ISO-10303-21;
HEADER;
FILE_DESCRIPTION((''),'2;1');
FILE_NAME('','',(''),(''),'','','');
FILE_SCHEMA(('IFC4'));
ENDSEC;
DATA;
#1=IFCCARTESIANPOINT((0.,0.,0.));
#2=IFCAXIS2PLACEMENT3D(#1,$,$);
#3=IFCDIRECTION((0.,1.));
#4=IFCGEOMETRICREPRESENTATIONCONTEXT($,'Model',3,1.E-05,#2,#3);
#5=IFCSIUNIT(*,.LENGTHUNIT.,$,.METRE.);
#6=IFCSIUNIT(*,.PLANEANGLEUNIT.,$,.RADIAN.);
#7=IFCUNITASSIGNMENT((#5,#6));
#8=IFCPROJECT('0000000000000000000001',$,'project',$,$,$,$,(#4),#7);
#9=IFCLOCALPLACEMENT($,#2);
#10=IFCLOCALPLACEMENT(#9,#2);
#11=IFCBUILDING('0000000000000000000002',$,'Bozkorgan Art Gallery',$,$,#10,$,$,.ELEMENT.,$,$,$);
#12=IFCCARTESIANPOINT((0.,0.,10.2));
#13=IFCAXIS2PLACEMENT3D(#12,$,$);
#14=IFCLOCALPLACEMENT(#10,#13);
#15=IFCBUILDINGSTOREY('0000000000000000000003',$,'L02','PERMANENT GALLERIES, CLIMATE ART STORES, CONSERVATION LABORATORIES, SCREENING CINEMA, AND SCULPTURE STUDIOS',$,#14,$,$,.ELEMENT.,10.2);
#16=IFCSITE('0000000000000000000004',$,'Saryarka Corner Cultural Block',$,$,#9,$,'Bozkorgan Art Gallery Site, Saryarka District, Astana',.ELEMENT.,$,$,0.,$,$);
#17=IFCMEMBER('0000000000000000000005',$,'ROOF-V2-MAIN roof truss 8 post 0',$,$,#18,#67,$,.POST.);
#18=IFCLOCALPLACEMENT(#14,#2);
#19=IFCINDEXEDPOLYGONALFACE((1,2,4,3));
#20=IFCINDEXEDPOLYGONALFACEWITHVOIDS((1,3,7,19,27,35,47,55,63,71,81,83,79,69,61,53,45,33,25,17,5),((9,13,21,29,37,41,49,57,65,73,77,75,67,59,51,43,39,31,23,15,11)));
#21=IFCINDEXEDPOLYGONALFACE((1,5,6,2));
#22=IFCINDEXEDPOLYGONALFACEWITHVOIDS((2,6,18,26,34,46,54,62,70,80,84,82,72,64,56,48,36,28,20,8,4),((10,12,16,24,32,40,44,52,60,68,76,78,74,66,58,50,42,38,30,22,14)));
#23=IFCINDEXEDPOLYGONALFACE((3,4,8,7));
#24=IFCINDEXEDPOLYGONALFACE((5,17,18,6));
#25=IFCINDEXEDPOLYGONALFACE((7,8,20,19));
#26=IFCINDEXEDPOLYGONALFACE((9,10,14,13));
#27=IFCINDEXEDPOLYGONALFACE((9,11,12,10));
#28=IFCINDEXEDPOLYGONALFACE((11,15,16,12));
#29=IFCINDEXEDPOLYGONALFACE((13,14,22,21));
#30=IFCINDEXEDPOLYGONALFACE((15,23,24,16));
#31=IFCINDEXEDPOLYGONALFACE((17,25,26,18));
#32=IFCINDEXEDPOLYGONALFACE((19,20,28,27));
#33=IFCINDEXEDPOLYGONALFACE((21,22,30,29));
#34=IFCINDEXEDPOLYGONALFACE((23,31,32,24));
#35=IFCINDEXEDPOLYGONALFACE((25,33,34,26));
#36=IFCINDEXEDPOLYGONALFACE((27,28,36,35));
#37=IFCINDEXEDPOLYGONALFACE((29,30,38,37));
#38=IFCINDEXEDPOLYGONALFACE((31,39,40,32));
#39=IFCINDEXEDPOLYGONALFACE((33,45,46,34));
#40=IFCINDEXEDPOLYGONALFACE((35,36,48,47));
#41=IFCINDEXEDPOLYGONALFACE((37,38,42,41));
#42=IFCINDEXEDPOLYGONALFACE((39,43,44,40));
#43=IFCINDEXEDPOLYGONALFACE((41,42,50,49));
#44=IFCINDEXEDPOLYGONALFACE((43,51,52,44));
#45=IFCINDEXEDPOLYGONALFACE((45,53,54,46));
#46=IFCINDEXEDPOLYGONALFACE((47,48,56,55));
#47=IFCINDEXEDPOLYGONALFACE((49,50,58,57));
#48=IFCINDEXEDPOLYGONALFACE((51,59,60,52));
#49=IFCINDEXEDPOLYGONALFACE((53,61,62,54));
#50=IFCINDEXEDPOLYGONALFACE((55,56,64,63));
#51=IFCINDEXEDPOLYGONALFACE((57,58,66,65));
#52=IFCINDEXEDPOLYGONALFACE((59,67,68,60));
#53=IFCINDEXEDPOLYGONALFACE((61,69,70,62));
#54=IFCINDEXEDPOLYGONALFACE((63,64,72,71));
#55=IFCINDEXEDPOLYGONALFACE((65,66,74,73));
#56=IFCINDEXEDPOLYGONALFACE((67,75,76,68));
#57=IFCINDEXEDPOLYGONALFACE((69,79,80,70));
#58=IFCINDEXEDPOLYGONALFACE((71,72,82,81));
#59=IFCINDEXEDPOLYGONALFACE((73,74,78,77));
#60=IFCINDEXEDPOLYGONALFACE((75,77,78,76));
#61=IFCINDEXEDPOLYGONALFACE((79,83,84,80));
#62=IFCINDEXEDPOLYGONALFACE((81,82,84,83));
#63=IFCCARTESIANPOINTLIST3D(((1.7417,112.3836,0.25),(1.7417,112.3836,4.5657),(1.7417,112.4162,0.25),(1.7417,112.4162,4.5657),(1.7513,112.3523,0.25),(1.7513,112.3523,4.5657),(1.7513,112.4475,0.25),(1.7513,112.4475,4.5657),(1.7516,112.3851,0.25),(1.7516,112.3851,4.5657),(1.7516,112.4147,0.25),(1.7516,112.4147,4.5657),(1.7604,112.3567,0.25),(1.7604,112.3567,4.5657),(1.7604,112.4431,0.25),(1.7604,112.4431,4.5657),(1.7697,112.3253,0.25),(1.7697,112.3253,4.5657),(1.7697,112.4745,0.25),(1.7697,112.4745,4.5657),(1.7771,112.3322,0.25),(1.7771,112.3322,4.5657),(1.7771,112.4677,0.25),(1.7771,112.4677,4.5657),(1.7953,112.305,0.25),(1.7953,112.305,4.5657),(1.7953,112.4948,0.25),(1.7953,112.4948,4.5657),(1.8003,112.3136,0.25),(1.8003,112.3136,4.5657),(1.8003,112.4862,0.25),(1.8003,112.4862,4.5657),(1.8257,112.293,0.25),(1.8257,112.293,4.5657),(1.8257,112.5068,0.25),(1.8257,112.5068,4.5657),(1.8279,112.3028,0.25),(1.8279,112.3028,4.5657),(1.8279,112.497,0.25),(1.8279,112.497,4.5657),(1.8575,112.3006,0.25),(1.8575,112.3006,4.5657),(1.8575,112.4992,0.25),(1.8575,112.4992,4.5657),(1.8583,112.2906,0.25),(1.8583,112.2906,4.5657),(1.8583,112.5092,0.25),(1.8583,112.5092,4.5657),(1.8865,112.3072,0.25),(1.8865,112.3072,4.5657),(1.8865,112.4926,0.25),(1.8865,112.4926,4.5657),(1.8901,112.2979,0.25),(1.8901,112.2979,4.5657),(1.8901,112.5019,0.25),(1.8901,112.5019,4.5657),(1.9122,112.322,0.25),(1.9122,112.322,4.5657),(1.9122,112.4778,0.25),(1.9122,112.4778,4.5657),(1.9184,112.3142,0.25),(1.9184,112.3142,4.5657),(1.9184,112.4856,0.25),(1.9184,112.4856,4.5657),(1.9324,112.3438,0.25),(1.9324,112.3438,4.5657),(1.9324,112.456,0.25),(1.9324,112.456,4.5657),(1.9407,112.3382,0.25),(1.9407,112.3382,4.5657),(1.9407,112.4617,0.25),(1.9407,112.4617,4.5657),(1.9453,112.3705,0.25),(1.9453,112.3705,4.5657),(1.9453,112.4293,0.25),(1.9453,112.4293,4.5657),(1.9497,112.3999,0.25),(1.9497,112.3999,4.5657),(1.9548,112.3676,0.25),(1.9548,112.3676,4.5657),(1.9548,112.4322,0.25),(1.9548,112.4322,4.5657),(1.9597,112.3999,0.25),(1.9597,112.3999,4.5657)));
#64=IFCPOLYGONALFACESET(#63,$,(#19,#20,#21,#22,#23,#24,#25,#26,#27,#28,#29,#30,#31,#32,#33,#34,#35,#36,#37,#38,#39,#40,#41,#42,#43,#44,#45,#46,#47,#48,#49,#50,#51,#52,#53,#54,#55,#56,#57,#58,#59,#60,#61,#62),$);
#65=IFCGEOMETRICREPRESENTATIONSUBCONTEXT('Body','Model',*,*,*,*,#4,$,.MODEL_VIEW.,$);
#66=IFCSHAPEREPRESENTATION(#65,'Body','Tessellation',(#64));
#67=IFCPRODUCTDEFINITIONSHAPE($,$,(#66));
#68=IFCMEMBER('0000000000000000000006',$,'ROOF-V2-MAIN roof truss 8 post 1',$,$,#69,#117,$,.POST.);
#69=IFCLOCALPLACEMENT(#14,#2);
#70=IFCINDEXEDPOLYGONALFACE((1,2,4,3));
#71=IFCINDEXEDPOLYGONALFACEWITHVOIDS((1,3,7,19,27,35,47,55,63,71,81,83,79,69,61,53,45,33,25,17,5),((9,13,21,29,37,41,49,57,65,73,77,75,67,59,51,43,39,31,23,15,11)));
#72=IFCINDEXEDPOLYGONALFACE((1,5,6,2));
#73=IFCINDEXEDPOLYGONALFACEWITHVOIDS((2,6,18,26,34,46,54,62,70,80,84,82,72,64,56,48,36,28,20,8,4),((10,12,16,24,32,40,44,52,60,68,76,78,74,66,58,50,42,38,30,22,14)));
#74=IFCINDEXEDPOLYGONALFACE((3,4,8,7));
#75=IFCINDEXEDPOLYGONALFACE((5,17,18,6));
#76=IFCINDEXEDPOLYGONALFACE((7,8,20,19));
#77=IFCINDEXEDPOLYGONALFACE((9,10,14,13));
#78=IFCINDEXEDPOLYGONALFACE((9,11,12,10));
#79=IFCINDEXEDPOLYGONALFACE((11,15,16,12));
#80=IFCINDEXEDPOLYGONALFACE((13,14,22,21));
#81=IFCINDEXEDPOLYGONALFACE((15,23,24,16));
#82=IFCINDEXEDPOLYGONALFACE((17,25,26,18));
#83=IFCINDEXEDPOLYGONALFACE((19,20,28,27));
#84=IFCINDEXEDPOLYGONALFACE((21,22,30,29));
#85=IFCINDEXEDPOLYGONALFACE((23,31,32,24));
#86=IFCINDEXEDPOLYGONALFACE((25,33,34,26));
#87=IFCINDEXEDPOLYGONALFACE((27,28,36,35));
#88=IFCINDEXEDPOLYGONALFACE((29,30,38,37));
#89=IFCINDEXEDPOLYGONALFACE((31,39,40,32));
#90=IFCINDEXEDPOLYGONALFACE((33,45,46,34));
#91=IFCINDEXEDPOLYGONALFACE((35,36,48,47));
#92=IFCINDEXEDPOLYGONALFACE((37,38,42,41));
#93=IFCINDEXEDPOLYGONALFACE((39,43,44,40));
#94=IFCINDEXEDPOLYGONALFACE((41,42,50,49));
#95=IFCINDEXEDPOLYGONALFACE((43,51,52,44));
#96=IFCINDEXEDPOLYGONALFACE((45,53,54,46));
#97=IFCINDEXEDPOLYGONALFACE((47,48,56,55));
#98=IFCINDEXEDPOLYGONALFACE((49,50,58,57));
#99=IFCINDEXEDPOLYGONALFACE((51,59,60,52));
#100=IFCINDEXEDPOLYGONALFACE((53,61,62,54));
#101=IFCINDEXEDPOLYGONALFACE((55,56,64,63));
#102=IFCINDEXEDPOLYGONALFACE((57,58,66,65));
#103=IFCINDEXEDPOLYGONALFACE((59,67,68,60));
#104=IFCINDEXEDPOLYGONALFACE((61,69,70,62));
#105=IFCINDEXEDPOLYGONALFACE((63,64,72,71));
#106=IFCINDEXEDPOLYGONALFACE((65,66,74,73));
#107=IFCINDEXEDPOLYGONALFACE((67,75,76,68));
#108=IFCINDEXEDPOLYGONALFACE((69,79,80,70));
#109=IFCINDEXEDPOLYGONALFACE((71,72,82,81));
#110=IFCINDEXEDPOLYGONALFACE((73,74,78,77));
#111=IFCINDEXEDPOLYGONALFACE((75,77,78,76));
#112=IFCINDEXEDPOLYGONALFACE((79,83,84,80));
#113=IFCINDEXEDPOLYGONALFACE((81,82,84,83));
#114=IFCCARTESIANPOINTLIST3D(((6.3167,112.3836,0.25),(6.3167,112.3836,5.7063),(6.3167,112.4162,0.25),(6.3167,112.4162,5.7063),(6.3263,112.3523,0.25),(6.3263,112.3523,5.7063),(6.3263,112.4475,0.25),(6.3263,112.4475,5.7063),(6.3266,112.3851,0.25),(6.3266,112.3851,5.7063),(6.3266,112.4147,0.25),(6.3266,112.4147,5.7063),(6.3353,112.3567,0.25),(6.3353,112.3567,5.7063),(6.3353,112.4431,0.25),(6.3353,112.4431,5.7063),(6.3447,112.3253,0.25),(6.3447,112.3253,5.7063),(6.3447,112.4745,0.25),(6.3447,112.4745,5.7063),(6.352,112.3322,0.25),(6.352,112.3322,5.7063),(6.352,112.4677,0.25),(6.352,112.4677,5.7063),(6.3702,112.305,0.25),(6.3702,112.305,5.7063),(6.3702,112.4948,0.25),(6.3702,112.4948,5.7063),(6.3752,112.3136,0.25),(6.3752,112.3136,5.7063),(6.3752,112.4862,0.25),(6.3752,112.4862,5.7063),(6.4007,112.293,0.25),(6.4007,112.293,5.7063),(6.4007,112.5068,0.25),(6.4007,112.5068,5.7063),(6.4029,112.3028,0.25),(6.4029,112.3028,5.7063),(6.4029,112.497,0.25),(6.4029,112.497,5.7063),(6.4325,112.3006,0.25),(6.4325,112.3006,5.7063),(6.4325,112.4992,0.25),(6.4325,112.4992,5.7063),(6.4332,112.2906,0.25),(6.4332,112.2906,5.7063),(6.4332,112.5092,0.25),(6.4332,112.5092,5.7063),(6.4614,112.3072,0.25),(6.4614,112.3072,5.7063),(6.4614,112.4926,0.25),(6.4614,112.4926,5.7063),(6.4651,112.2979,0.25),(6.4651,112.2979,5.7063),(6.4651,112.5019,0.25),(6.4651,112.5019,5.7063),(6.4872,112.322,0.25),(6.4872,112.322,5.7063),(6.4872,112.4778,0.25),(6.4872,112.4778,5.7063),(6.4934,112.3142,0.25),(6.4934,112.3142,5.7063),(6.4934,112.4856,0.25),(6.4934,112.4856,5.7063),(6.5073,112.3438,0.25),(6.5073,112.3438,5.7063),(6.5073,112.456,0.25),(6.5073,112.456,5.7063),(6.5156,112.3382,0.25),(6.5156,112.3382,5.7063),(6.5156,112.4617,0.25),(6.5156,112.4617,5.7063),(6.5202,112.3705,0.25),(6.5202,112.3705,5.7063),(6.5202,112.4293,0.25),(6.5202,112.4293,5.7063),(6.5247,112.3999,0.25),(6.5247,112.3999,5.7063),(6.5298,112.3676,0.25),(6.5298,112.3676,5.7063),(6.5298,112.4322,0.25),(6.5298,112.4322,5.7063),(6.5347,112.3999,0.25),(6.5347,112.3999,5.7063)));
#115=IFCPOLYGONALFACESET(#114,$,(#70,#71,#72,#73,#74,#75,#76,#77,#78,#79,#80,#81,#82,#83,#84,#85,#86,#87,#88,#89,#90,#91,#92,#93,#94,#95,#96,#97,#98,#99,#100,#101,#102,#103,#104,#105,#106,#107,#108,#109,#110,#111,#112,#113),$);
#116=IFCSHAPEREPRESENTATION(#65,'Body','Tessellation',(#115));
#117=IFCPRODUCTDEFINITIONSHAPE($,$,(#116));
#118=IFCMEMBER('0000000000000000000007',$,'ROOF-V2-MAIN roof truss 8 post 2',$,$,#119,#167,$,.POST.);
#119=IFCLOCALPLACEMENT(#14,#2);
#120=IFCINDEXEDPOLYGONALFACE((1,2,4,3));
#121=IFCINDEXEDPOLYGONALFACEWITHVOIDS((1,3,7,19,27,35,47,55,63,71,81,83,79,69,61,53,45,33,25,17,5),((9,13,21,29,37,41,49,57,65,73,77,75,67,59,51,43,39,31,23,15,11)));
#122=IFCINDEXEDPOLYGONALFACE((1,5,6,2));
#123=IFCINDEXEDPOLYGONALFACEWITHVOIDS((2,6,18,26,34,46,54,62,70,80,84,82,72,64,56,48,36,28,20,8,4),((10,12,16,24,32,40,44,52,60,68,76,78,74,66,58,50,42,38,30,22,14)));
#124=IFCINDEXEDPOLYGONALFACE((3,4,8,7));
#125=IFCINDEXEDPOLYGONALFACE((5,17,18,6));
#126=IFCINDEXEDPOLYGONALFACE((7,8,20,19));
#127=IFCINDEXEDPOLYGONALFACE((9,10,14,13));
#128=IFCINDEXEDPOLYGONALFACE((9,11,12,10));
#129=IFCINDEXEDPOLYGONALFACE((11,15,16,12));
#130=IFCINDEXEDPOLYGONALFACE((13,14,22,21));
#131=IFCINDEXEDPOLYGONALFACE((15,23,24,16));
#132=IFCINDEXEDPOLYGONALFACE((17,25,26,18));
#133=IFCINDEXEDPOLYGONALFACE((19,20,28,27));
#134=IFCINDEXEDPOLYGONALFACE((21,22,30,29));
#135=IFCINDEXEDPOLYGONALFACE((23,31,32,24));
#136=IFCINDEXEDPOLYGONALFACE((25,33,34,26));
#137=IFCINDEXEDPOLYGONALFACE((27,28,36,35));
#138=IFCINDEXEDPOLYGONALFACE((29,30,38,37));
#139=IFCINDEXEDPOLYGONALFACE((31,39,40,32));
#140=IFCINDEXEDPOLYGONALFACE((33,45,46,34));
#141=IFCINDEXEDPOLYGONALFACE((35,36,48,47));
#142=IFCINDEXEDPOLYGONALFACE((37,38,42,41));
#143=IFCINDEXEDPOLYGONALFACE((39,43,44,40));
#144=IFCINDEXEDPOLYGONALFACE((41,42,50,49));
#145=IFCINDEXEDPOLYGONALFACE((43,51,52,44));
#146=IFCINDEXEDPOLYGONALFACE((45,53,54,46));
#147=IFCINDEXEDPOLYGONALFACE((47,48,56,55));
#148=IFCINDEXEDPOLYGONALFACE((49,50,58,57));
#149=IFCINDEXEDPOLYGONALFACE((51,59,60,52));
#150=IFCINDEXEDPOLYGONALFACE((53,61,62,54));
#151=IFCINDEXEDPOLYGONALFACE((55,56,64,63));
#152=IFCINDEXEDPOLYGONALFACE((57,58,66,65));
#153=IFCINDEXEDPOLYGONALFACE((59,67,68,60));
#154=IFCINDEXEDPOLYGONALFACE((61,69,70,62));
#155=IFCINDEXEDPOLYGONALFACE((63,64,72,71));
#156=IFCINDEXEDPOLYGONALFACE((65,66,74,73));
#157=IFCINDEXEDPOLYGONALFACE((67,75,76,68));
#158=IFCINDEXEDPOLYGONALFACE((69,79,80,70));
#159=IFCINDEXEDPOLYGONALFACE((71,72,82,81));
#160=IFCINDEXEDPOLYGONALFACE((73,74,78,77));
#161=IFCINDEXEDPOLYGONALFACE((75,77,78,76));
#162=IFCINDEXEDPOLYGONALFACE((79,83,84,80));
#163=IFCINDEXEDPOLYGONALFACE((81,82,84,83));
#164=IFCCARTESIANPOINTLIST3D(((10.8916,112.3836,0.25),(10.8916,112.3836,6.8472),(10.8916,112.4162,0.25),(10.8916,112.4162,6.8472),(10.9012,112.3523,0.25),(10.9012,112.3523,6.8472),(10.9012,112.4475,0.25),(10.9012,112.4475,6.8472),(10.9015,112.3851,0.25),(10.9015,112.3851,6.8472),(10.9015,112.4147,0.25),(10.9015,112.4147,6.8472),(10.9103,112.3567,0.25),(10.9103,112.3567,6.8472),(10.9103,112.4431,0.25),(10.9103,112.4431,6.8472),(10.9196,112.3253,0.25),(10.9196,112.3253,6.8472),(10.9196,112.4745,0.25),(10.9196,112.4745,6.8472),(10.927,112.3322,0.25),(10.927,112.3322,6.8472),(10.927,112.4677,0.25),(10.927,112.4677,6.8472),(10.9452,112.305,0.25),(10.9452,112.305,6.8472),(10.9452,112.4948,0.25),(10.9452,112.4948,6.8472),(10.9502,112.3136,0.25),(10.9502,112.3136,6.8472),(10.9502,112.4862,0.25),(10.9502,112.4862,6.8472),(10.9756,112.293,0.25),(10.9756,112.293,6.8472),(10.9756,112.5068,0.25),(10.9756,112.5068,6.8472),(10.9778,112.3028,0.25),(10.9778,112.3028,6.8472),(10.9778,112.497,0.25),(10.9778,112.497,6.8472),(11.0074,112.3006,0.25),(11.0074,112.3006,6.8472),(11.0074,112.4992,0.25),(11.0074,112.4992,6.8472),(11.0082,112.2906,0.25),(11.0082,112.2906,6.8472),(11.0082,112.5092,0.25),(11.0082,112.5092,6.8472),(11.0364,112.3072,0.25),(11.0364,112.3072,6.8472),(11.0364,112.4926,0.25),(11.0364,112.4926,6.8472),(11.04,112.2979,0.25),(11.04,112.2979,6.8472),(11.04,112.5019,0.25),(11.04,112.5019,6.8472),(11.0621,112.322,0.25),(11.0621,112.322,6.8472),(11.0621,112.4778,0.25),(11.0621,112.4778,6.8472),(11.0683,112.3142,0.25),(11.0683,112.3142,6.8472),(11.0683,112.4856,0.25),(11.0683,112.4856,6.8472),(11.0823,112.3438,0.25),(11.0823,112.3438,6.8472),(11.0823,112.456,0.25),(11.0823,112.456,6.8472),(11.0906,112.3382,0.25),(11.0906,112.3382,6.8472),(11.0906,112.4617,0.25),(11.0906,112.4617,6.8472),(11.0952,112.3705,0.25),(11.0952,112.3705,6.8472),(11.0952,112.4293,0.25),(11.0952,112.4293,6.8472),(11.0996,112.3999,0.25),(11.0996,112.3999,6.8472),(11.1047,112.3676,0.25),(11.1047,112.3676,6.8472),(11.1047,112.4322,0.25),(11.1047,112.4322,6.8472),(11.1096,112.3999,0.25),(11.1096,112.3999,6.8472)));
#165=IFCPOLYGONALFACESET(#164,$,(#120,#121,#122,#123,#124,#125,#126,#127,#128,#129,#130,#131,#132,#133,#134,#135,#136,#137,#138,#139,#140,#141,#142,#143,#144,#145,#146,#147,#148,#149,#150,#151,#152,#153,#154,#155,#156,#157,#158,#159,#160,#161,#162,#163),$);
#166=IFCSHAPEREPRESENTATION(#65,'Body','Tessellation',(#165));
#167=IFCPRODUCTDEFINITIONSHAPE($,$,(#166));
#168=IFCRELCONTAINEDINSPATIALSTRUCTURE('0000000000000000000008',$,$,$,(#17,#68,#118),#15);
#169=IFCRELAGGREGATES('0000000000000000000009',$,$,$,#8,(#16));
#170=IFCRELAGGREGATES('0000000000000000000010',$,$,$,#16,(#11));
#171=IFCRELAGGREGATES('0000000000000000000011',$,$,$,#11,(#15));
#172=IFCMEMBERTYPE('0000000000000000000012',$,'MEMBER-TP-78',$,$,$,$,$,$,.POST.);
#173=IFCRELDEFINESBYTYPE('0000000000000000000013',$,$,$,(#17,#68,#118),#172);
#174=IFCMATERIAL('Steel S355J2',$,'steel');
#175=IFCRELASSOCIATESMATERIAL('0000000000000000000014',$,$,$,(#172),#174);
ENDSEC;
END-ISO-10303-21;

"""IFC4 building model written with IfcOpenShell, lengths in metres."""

from ifc_helpers import new_model, si_unit, direction, frame, origin, origin_2d, place, context, subcontext, project, spatial, hollow_circle, extrude, material, material_profile, profile_set, type_object, element, save


model = new_model("IFC4")

# Units and contexts
model_context = context("Model", 3, precision=1e-05, world=origin(), true_north=direction((0.0, 1.0)))
body_context = subcontext(model_context, "Body", "Model", "MODEL_VIEW")
ifc_project = project(units=[si_unit("LENGTHUNIT", "METRE"), si_unit("PLANEANGLEUNIT", "RADIAN")], contexts=[model_context])

# Site, building, storey
site_placement = place(None, origin())
site = spatial("IfcSite", under=ifc_project, at=site_placement, Name="Saryarka Corner Cultural Block", LongName="Bozkorgan Art Gallery Site, Saryarka District, Astana", CompositionType="ELEMENT", RefElevation=0.0)
building_placement = place(site_placement, origin())
building = spatial("IfcBuilding", under=site, at=building_placement, Name="Bozkorgan Art Gallery", CompositionType="ELEMENT")
storey_placement = place(building_placement, frame((0.0, 0.0, 10.2)))
storey = spatial("IfcBuildingStorey", under=building, at=storey_placement, Name="L02", Description="PERMANENT GALLERIES, CLIMATE ART STORES, CONSERVATION LABORATORIES, SCREENING CINEMA, AND SCULPTURE STUDIOS", CompositionType="ELEMENT", Elevation=10.2)

# Shared definitions
ifc_material_1 = material(Name="Steel S355J2", Category="steel")

# Members
ifc_material_profile_1 = material_profile(ifc_material_1, hollow_circle(Radius=0.1096, WallThickness=0.01, at=origin_2d()), Name="CHS 219.1x10")
ifc_profile_set_1 = profile_set([ifc_material_profile_1], Name="Steel S355J2")
member_type_1 = type_object("IfcMemberType", Name="MEMBER-TP-78", PredefinedType="POST", material=ifc_profile_set_1)
member_1_placement = place(storey_placement, frame((1.8501, 112.3999, 0.25), z_axis=(0.0, 0.0, 1.0), x_axis=(1.0, 0.0, 0.0)))
element("IfcMember", 1, at=member_1_placement, inside=storey, type_object=member_type_1, Name="ROOF-V2-MAIN roof truss 8 post 0", PredefinedType="POST", context=body_context, shape_type="SweptSolid", body=[
    extrude(hollow_circle(Radius=0.1096, WallThickness=0.01, at=origin_2d()), origin(), (0.0, 0.0, 1.0), 4.3157),
])
member_2_placement = place(storey_placement, frame((6.425, 112.3999, 0.25), z_axis=(0.0, 0.0, 1.0), x_axis=(1.0, 0.0, 0.0)))
element("IfcMember", 2, at=member_2_placement, inside=storey, type_object=member_type_1, Name="ROOF-V2-MAIN roof truss 8 post 1", PredefinedType="POST", context=body_context, shape_type="SweptSolid", body=[
    extrude(hollow_circle(Radius=0.1096, WallThickness=0.01, at=origin_2d()), origin(), (0.0, 0.0, 1.0), 5.4563),
])
member_3_placement = place(storey_placement, frame((11.0, 112.3999, 0.25), z_axis=(0.0, 0.0, 1.0), x_axis=(1.0, 0.0, 0.0)))
element("IfcMember", 3, at=member_3_placement, inside=storey, type_object=member_type_1, Name="ROOF-V2-MAIN roof truss 8 post 2", PredefinedType="POST", context=body_context, shape_type="SweptSolid", body=[
    extrude(hollow_circle(Radius=0.1096, WallThickness=0.01, at=origin_2d()), origin(), (0.0, 0.0, 1.0), 6.5972),
])

save(model, "model.ifc")
